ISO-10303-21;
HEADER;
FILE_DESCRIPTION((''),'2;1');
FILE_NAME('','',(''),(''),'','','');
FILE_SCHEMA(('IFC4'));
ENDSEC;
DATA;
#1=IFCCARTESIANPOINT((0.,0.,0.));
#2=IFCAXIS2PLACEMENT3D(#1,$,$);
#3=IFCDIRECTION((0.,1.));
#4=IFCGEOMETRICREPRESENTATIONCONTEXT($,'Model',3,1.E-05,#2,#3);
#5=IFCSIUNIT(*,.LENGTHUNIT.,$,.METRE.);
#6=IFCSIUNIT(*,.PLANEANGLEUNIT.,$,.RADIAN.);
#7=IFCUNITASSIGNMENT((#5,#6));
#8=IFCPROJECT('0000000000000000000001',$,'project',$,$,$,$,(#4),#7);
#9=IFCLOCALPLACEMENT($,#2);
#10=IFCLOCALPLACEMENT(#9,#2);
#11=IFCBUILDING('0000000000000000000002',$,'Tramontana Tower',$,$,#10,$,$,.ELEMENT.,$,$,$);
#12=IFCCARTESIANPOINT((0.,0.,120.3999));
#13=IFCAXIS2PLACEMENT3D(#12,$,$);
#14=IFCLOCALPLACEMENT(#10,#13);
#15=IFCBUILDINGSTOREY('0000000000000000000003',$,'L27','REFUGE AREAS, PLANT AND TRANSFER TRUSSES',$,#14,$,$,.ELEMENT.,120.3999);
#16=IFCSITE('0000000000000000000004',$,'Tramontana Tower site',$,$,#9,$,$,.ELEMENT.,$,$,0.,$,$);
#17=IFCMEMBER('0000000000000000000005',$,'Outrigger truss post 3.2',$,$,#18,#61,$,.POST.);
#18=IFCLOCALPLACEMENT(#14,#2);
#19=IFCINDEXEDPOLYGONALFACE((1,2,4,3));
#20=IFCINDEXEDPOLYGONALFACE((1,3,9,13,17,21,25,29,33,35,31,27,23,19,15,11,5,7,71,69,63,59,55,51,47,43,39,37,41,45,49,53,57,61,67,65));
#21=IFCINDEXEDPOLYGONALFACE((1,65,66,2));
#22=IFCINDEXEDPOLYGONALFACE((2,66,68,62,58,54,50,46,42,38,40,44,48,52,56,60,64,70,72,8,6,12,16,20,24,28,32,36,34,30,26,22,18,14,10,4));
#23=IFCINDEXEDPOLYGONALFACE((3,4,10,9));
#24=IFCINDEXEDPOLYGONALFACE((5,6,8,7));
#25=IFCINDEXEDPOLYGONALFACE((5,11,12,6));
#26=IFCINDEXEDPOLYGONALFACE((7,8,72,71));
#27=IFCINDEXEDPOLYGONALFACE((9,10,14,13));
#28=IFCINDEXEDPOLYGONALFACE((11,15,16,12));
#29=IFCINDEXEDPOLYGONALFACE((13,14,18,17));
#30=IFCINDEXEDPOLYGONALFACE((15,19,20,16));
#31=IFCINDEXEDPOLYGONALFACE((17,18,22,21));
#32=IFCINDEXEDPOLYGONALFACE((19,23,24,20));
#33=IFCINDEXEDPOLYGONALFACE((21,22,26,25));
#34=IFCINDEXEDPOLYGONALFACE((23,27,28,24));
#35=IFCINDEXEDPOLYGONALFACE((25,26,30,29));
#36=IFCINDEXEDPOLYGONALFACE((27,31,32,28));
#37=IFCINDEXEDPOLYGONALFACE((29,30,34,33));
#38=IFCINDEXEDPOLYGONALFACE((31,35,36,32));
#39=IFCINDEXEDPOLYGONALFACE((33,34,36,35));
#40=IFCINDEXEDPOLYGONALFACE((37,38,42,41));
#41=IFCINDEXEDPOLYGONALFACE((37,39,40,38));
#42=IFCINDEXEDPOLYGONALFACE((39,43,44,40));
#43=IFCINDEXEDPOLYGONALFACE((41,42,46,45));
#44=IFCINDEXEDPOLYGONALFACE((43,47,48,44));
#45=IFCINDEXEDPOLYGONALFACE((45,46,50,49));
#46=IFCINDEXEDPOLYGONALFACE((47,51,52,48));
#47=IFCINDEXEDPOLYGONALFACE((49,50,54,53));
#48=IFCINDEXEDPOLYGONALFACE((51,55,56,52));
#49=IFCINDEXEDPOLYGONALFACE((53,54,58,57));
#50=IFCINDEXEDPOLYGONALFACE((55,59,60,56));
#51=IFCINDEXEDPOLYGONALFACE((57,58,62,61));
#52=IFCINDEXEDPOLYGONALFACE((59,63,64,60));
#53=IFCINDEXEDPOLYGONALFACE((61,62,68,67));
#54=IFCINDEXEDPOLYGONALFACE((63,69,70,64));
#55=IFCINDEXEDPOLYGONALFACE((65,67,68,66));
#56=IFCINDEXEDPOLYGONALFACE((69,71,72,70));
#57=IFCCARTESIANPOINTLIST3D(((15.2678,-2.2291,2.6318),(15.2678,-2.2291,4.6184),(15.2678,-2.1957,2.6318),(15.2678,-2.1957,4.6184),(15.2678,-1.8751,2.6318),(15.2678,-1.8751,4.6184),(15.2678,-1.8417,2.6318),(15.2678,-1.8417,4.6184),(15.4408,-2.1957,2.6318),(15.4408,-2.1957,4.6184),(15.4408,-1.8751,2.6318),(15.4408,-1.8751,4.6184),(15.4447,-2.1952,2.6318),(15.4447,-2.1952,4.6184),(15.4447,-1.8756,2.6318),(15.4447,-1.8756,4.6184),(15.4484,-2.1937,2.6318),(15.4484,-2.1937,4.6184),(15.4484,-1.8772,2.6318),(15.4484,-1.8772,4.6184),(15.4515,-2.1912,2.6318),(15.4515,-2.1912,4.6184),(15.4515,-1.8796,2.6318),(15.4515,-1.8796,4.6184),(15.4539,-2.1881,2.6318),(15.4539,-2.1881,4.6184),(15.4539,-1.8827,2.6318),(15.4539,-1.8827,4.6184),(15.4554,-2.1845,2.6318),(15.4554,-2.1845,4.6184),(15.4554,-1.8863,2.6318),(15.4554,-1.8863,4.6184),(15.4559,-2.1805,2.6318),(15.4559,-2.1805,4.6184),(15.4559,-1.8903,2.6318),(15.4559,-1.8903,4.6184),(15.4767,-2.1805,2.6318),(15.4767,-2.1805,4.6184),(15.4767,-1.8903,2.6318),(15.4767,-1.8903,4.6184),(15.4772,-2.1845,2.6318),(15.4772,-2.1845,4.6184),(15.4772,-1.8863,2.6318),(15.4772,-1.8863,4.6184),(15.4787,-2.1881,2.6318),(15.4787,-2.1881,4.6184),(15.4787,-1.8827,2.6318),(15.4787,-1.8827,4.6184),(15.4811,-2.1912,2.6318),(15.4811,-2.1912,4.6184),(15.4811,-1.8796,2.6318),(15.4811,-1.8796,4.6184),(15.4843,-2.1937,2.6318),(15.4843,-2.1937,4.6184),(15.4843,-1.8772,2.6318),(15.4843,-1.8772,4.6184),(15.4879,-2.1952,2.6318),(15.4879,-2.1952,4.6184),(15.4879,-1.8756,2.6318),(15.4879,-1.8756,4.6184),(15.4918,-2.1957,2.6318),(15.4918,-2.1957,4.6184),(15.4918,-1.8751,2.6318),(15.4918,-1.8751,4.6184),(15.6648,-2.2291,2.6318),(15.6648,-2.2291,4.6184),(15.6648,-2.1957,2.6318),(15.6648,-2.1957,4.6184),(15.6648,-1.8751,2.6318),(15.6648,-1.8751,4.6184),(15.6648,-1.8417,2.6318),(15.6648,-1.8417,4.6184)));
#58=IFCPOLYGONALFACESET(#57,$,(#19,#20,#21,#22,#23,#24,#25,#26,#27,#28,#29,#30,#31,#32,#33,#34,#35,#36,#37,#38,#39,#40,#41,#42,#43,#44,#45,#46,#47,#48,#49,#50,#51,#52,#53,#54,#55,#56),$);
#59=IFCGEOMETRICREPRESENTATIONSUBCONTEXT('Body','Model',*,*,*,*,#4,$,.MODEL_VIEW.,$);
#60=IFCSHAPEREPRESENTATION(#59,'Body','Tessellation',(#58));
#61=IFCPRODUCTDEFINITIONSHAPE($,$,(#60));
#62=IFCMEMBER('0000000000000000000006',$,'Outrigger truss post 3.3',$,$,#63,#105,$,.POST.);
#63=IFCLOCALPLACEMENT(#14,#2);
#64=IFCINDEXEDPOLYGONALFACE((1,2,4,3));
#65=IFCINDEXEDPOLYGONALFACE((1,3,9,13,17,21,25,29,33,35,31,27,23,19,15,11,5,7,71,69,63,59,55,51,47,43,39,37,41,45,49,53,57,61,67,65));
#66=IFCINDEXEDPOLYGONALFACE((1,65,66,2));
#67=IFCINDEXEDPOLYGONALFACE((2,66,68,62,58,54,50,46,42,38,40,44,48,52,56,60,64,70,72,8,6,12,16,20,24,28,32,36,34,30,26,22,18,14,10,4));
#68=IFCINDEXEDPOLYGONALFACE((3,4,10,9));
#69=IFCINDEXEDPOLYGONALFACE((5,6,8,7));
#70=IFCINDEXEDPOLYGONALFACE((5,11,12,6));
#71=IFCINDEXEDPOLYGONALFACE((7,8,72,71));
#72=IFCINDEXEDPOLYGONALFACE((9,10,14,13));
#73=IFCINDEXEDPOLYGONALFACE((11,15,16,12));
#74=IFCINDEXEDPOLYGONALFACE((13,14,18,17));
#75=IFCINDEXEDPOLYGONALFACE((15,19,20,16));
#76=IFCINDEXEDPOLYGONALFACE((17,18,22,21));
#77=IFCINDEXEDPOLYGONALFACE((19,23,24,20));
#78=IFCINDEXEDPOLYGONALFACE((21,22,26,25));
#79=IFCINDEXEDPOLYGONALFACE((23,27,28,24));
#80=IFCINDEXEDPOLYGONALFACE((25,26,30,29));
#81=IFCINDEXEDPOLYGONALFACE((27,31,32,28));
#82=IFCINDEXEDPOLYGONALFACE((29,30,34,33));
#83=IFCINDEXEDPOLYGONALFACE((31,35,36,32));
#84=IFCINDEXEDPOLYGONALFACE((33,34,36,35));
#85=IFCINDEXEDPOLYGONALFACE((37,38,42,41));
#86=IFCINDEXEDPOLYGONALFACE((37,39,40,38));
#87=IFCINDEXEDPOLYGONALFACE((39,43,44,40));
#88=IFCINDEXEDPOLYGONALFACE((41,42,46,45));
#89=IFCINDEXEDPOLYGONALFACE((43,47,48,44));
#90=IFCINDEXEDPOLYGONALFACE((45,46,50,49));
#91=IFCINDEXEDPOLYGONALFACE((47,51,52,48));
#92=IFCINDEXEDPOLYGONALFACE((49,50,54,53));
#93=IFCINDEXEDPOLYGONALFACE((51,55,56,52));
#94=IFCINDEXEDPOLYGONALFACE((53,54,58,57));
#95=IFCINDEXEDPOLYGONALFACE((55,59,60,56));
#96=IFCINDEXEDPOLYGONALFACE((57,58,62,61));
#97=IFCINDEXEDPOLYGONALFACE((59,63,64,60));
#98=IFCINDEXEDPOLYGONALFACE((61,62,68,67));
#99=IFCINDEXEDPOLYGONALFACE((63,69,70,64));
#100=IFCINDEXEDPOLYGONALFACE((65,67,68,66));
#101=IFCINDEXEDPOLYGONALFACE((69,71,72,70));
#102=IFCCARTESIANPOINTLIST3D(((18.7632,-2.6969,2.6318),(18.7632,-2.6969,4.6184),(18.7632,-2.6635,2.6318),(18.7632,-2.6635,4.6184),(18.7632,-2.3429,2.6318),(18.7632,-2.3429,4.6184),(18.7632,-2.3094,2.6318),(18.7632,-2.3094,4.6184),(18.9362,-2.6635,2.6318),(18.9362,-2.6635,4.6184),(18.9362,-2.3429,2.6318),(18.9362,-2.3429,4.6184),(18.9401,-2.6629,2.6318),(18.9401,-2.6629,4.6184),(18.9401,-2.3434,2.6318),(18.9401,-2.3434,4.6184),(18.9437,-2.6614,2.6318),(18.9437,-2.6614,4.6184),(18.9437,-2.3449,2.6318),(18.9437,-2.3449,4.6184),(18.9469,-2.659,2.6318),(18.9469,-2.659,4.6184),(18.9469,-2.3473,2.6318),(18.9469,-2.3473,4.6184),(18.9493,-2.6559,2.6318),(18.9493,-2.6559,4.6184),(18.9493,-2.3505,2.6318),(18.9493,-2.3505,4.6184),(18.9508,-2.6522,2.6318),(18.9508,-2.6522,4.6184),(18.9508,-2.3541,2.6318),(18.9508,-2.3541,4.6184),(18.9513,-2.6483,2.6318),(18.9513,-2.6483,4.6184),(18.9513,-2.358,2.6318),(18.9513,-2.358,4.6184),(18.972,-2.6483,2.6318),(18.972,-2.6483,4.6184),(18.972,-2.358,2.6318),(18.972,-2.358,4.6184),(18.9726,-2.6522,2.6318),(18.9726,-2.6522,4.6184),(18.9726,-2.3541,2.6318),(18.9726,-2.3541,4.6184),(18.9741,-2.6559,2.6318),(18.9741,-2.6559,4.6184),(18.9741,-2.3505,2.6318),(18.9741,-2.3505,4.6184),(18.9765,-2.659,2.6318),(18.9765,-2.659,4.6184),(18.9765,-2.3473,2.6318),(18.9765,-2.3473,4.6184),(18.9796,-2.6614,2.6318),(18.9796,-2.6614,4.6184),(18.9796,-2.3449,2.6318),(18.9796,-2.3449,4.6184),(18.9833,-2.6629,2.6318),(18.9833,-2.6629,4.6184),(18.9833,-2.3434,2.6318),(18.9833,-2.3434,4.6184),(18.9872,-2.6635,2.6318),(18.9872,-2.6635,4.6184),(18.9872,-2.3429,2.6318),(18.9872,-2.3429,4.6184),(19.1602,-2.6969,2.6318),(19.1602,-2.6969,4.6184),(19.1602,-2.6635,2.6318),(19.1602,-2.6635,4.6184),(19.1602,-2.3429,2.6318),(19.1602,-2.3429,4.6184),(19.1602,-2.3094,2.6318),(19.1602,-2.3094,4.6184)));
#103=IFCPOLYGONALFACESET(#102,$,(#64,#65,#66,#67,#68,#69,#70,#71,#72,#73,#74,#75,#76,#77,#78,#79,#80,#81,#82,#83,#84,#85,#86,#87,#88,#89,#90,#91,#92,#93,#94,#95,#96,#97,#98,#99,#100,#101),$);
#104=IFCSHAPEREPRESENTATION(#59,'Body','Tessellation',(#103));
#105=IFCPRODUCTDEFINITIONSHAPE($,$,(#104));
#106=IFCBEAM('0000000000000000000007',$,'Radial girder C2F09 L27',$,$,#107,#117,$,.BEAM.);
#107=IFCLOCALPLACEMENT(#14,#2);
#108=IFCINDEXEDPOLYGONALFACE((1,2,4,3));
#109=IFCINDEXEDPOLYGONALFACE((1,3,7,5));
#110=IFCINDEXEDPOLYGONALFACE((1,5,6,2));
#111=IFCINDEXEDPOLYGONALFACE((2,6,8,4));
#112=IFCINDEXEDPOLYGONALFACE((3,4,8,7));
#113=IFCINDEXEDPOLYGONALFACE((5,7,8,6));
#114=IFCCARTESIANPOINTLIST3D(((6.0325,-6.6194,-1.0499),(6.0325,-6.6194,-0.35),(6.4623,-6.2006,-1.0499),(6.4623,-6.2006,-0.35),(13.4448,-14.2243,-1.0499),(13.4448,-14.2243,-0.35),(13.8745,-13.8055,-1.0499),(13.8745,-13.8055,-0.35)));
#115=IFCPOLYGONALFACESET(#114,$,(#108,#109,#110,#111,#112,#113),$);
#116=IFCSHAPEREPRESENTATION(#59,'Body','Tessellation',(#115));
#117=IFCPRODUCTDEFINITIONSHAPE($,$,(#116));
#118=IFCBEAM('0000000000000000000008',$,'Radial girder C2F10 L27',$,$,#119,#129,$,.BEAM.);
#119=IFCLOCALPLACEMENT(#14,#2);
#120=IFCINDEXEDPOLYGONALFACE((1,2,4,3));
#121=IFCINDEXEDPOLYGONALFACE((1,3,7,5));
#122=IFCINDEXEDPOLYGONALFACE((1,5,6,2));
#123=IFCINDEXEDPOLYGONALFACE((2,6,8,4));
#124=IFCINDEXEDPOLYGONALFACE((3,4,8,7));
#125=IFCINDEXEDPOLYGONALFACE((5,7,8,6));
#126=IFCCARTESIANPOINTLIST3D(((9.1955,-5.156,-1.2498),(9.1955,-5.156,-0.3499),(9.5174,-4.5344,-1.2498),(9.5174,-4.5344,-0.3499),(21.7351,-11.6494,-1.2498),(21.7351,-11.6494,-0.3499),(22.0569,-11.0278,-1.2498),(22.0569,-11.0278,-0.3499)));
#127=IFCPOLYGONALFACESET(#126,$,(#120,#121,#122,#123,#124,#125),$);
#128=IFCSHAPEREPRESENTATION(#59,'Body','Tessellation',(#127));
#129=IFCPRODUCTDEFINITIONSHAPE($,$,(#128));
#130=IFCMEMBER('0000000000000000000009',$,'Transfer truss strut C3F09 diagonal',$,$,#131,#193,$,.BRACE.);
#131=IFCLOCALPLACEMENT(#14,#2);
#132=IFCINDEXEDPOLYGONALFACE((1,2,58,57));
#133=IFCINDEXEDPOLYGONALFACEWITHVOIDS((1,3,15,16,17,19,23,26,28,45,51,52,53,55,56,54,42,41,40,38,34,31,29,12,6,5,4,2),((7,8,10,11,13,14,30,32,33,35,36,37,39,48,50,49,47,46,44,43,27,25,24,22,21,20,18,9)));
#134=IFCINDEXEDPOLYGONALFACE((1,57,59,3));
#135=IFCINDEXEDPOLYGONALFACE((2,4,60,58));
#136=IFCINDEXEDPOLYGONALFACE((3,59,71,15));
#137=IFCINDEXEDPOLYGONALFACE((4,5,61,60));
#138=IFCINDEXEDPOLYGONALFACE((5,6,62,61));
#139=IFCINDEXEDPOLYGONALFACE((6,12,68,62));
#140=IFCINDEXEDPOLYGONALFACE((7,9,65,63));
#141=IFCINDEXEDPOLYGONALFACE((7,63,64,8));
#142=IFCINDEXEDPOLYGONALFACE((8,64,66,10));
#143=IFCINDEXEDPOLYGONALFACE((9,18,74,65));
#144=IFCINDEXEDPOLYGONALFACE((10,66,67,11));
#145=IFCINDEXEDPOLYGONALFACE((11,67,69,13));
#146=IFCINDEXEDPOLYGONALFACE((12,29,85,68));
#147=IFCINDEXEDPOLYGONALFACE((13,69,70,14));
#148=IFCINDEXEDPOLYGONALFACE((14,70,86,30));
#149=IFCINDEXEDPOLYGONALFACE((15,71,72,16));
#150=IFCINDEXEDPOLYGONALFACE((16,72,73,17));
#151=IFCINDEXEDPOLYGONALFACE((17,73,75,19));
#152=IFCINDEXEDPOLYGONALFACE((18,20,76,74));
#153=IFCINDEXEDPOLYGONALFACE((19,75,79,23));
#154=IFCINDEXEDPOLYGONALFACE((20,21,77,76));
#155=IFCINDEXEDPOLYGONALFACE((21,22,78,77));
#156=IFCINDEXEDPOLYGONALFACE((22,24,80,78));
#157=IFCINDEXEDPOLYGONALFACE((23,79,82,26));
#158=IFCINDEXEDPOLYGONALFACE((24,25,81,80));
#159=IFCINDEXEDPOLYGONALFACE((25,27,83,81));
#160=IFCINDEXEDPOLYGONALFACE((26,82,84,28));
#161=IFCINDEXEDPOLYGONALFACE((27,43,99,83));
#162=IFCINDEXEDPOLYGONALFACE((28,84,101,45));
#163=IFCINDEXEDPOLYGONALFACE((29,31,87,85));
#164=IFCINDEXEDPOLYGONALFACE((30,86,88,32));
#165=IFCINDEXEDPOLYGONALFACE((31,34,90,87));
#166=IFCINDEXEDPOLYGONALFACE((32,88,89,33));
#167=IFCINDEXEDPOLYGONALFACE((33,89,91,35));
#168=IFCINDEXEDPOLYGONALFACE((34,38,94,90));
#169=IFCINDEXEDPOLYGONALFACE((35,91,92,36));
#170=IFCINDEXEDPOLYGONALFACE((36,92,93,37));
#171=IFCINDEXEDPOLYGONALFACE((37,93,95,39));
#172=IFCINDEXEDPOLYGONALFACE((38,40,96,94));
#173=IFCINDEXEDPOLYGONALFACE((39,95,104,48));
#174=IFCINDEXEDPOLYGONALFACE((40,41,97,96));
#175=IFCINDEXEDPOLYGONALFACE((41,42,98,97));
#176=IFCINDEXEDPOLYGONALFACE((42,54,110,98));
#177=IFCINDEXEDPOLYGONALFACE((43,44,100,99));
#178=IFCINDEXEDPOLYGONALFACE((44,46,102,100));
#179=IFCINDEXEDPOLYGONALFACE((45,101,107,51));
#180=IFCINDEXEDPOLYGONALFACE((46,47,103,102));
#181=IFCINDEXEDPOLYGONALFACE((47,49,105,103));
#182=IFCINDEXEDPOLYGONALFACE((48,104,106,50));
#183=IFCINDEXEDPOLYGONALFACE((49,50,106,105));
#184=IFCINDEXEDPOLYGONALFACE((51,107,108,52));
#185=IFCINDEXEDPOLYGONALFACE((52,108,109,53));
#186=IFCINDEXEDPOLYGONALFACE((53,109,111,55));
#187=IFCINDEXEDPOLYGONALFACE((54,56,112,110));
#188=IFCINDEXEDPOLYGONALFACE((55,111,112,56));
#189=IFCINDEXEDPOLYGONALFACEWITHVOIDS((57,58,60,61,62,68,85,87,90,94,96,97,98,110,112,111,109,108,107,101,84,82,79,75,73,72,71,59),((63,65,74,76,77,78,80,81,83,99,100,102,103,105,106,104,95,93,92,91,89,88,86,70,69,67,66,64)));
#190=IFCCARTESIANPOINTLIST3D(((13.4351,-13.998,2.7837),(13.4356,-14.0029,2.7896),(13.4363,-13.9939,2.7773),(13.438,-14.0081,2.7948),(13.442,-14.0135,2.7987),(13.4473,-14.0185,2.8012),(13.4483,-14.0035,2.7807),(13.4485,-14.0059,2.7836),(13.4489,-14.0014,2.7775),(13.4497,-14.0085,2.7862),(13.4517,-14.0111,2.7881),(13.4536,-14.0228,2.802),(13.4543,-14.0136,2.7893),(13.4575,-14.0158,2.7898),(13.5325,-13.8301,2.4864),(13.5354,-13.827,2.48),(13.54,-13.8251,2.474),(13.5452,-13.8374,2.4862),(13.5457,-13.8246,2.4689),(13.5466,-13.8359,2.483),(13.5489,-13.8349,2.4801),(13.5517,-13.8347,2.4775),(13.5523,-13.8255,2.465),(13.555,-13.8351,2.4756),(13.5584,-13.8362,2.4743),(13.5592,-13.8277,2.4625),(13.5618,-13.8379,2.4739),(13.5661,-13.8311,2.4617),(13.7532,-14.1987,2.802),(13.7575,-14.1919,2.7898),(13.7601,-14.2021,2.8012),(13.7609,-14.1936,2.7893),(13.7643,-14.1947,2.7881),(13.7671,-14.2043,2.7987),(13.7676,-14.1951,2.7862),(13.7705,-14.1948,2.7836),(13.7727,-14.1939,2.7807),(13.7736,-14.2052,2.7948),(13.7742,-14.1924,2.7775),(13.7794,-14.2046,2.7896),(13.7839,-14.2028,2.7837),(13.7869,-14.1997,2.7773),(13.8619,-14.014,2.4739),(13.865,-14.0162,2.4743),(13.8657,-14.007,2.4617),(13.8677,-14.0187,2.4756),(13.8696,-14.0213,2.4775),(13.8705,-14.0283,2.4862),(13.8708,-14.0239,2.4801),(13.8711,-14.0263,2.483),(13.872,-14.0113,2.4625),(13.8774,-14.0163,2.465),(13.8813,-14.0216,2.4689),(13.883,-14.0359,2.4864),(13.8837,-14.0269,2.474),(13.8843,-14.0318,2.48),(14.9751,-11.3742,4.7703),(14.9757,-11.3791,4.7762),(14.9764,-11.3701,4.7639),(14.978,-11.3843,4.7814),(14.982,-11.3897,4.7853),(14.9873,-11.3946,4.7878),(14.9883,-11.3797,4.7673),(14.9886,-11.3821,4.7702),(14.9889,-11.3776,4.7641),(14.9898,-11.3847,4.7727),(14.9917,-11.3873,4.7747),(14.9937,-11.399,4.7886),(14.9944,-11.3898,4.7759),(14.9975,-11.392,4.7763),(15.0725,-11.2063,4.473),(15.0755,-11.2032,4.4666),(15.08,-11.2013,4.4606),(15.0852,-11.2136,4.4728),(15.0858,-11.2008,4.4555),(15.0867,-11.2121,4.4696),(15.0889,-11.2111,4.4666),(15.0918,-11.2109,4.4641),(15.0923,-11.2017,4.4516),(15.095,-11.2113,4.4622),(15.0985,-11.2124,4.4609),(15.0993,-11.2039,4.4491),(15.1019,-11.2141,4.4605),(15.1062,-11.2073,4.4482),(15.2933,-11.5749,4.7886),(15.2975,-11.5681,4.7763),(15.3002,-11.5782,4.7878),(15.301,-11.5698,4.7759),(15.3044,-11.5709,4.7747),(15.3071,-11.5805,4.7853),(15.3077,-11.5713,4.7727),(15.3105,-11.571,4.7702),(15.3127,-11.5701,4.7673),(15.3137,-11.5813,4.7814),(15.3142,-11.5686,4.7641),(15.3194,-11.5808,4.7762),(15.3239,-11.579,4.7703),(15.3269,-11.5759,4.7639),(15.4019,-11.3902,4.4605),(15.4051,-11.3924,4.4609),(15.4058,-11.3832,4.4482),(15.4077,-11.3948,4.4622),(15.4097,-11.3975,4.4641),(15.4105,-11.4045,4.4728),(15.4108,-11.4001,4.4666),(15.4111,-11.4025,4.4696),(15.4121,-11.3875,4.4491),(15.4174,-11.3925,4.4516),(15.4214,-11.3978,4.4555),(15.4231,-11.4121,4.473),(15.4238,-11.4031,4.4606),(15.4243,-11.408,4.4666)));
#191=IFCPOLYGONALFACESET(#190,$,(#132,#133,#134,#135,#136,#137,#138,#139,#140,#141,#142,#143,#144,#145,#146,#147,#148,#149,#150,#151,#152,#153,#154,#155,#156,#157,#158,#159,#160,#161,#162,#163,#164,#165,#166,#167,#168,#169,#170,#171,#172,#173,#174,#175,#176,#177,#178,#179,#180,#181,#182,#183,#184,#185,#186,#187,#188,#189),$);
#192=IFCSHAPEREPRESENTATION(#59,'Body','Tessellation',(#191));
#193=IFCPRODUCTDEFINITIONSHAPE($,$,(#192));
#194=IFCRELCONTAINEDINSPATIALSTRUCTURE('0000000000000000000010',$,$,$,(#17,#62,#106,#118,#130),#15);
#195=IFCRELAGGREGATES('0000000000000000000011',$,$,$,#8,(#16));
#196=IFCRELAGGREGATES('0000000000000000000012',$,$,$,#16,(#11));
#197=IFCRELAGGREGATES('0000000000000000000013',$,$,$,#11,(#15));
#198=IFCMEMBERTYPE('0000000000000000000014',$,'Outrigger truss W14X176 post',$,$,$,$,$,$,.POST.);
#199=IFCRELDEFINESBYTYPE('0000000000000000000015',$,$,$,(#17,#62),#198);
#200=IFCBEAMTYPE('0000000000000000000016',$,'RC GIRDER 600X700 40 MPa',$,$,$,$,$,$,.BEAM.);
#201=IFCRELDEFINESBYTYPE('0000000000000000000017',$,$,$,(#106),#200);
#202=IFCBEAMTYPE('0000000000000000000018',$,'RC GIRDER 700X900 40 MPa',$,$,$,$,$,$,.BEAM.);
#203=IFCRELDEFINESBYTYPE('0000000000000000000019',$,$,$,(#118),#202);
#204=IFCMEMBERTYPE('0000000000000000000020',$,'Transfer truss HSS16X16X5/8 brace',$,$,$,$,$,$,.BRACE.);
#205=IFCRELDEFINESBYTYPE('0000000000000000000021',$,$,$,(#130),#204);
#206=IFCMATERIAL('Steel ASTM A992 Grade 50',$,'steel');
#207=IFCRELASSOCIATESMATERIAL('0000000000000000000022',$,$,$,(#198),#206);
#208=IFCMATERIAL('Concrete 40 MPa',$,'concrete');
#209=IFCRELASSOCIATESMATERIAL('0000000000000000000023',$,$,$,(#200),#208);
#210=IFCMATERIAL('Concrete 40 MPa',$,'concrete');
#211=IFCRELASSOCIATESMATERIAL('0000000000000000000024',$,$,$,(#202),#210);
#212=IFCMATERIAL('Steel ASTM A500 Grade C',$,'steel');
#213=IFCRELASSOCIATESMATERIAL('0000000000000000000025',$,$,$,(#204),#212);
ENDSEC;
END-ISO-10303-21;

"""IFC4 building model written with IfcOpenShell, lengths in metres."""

from ifc_helpers import new_model, si_unit, direction, frame, origin, origin_2d, place, context, subcontext, project, spatial, rectangle, hollow_rectangle, i_section, extrude, material, material_profile, profile_set, type_object, element, save


model = new_model("IFC4")

# Units and contexts
model_context = context("Model", 3, precision=1e-05, world=origin(), true_north=direction((0.0, 1.0)))
body_context = subcontext(model_context, "Body", "Model", "MODEL_VIEW")
ifc_project = project(units=[si_unit("LENGTHUNIT", "METRE"), si_unit("PLANEANGLEUNIT", "RADIAN")], contexts=[model_context])

# Site, building, storey
site_placement = place(None, origin())
site = spatial("IfcSite", under=ifc_project, at=site_placement, Name="Tramontana Tower site", CompositionType="ELEMENT", RefElevation=0.0)
building_placement = place(site_placement, origin())
building = spatial("IfcBuilding", under=site, at=building_placement, Name="Tramontana Tower", CompositionType="ELEMENT")
storey_placement = place(building_placement, frame((0.0, 0.0, 120.3999)))
storey = spatial("IfcBuildingStorey", under=building, at=storey_placement, Name="L27", Description="REFUGE AREAS, PLANT AND TRANSFER TRUSSES", CompositionType="ELEMENT", Elevation=120.3999)

# Members
ifc_material_1 = material(Name="Steel ASTM A992 Grade 50", Category="steel")
ifc_material_profile_1 = material_profile(ifc_material_1, i_section(OverallWidth=0.397, OverallDepth=0.3875, WebThickness=0.0208, FlangeThickness=0.0334, FilletRadius=0.0151, at=origin_2d()), Name="W14X176")
ifc_profile_set_1 = profile_set([ifc_material_profile_1], Name="Steel ASTM A992 Grade 50")
member_type_1 = type_object("IfcMemberType", Name="Outrigger truss W14X176 post", PredefinedType="POST", material=ifc_profile_set_1)
for number, where, z_axis, x_axis, name in (
    (1, (15.4663, -2.0354, 2.6318), (0.0, 0.0, 1.0), (1.0, 0.0, 0.0), "Outrigger truss post 3.2"),
    (2, (18.9617, -2.5032, 2.6318), (0.0, 0.0, 1.0), (1.0, 0.0, 0.0), "Outrigger truss post 3.3"),
):
    element("IfcMember", number, at=place(storey_placement, frame(where, z_axis=z_axis, x_axis=x_axis)), inside=storey, type_object=member_type_1, Name=name, PredefinedType="POST", context=body_context, shape_type="SweptSolid", body=[
        extrude(i_section(OverallWidth=0.397, OverallDepth=0.3875, WebThickness=0.0208, FlangeThickness=0.0334, FilletRadius=0.0151, at=origin_2d()), origin(), (0.0, 0.0, 1.0), 1.9866),
    ])

# Beams
ifc_material_2 = material(Name="Concrete 40 MPa", Category="concrete")
ifc_material_profile_2 = material_profile(ifc_material_2, rectangle(XDim=0.6001, YDim=0.7, at=origin_2d()), Name="RC GIRDER 600X700 40 MPa")
ifc_profile_set_2 = profile_set([ifc_material_profile_2], Name="Concrete 40 MPa")
beam_type_1 = type_object("IfcBeamType", Name="RC GIRDER 600X700 40 MPa", PredefinedType="BEAM", material=ifc_profile_set_2)
beam_1_placement = place(storey_placement, frame((13.6597, -14.0149, -0.7), z_axis=(-0.697979, 0.716118, 0.0), x_axis=(-0.716118, -0.697979, 0.0)))
element("IfcBeam", 3, at=beam_1_placement, inside=storey, type_object=beam_type_1, Name="Radial girder C2F09 L27", PredefinedType="BEAM", context=body_context, shape_type="SweptSolid", body=[
    extrude(rectangle(XDim=0.6001, YDim=0.7, at=origin_2d()), origin(), (0.0, 0.0, 1.0), 10.6196),
])
ifc_material_3 = material(Name="Concrete 40 MPa", Category="concrete")
ifc_material_profile_3 = material_profile(ifc_material_3, rectangle(XDim=0.7, YDim=0.8999, at=origin_2d()), Name="RC GIRDER 700X900 40 MPa")
ifc_profile_set_3 = profile_set([ifc_material_profile_3], Name="Concrete 40 MPa")
beam_type_2 = type_object("IfcBeamType", Name="RC GIRDER 700X900 40 MPa", PredefinedType="BEAM", material=ifc_profile_set_3)
beam_2_placement = place(storey_placement, frame((21.896, -11.3386, -0.7998), z_axis=(-0.888003, 0.459838, 0.0), x_axis=(-0.459838, -0.888003, 0.0)))
element("IfcBeam", 4, at=beam_2_placement, inside=storey, type_object=beam_type_2, Name="Radial girder C2F10 L27", PredefinedType="BEAM", context=body_context, shape_type="SweptSolid", body=[
    extrude(rectangle(XDim=0.7, YDim=0.8999, at=origin_2d()), origin(), (0.0, 0.0, 1.0), 14.1211),
])

# Member
ifc_material_4 = material(Name="Steel ASTM A500 Grade C", Category="steel")
ifc_material_profile_4 = material_profile(ifc_material_4, hollow_rectangle(XDim=0.4065, YDim=0.4065, WallThickness=0.0146, InnerFilletRadius=0.0146, OuterFilletRadius=0.0295, at=origin_2d()), Name="HSS16X16X5/8")
ifc_profile_set_4 = profile_set([ifc_material_profile_4], Name="Steel ASTM A500 Grade C")
member_type_2 = type_object("IfcMemberType", Name="Transfer truss HSS16X16X5/8 brace", PredefinedType="BRACE", material=ifc_profile_set_4)
member_1_placement = place(storey_placement, frame((13.6597, -14.0149, 2.6318), z_axis=(0.423843, 0.722106, 0.546736), x_axis=(-0.862417, 0.506199, 0.0)))
element("IfcMember", 5, at=member_1_placement, inside=storey, type_object=member_type_2, Name="Transfer truss strut C3F09 diagonal", PredefinedType="BRACE", context=body_context, shape_type="SweptSolid", body=[
    extrude(hollow_rectangle(XDim=0.4065, YDim=0.4065, WallThickness=0.0146, InnerFilletRadius=0.0146, OuterFilletRadius=0.0295, at=origin_2d()), origin(), (0.0, 0.0, 1.0), 3.6335),
])

save(model, "model.ifc")
